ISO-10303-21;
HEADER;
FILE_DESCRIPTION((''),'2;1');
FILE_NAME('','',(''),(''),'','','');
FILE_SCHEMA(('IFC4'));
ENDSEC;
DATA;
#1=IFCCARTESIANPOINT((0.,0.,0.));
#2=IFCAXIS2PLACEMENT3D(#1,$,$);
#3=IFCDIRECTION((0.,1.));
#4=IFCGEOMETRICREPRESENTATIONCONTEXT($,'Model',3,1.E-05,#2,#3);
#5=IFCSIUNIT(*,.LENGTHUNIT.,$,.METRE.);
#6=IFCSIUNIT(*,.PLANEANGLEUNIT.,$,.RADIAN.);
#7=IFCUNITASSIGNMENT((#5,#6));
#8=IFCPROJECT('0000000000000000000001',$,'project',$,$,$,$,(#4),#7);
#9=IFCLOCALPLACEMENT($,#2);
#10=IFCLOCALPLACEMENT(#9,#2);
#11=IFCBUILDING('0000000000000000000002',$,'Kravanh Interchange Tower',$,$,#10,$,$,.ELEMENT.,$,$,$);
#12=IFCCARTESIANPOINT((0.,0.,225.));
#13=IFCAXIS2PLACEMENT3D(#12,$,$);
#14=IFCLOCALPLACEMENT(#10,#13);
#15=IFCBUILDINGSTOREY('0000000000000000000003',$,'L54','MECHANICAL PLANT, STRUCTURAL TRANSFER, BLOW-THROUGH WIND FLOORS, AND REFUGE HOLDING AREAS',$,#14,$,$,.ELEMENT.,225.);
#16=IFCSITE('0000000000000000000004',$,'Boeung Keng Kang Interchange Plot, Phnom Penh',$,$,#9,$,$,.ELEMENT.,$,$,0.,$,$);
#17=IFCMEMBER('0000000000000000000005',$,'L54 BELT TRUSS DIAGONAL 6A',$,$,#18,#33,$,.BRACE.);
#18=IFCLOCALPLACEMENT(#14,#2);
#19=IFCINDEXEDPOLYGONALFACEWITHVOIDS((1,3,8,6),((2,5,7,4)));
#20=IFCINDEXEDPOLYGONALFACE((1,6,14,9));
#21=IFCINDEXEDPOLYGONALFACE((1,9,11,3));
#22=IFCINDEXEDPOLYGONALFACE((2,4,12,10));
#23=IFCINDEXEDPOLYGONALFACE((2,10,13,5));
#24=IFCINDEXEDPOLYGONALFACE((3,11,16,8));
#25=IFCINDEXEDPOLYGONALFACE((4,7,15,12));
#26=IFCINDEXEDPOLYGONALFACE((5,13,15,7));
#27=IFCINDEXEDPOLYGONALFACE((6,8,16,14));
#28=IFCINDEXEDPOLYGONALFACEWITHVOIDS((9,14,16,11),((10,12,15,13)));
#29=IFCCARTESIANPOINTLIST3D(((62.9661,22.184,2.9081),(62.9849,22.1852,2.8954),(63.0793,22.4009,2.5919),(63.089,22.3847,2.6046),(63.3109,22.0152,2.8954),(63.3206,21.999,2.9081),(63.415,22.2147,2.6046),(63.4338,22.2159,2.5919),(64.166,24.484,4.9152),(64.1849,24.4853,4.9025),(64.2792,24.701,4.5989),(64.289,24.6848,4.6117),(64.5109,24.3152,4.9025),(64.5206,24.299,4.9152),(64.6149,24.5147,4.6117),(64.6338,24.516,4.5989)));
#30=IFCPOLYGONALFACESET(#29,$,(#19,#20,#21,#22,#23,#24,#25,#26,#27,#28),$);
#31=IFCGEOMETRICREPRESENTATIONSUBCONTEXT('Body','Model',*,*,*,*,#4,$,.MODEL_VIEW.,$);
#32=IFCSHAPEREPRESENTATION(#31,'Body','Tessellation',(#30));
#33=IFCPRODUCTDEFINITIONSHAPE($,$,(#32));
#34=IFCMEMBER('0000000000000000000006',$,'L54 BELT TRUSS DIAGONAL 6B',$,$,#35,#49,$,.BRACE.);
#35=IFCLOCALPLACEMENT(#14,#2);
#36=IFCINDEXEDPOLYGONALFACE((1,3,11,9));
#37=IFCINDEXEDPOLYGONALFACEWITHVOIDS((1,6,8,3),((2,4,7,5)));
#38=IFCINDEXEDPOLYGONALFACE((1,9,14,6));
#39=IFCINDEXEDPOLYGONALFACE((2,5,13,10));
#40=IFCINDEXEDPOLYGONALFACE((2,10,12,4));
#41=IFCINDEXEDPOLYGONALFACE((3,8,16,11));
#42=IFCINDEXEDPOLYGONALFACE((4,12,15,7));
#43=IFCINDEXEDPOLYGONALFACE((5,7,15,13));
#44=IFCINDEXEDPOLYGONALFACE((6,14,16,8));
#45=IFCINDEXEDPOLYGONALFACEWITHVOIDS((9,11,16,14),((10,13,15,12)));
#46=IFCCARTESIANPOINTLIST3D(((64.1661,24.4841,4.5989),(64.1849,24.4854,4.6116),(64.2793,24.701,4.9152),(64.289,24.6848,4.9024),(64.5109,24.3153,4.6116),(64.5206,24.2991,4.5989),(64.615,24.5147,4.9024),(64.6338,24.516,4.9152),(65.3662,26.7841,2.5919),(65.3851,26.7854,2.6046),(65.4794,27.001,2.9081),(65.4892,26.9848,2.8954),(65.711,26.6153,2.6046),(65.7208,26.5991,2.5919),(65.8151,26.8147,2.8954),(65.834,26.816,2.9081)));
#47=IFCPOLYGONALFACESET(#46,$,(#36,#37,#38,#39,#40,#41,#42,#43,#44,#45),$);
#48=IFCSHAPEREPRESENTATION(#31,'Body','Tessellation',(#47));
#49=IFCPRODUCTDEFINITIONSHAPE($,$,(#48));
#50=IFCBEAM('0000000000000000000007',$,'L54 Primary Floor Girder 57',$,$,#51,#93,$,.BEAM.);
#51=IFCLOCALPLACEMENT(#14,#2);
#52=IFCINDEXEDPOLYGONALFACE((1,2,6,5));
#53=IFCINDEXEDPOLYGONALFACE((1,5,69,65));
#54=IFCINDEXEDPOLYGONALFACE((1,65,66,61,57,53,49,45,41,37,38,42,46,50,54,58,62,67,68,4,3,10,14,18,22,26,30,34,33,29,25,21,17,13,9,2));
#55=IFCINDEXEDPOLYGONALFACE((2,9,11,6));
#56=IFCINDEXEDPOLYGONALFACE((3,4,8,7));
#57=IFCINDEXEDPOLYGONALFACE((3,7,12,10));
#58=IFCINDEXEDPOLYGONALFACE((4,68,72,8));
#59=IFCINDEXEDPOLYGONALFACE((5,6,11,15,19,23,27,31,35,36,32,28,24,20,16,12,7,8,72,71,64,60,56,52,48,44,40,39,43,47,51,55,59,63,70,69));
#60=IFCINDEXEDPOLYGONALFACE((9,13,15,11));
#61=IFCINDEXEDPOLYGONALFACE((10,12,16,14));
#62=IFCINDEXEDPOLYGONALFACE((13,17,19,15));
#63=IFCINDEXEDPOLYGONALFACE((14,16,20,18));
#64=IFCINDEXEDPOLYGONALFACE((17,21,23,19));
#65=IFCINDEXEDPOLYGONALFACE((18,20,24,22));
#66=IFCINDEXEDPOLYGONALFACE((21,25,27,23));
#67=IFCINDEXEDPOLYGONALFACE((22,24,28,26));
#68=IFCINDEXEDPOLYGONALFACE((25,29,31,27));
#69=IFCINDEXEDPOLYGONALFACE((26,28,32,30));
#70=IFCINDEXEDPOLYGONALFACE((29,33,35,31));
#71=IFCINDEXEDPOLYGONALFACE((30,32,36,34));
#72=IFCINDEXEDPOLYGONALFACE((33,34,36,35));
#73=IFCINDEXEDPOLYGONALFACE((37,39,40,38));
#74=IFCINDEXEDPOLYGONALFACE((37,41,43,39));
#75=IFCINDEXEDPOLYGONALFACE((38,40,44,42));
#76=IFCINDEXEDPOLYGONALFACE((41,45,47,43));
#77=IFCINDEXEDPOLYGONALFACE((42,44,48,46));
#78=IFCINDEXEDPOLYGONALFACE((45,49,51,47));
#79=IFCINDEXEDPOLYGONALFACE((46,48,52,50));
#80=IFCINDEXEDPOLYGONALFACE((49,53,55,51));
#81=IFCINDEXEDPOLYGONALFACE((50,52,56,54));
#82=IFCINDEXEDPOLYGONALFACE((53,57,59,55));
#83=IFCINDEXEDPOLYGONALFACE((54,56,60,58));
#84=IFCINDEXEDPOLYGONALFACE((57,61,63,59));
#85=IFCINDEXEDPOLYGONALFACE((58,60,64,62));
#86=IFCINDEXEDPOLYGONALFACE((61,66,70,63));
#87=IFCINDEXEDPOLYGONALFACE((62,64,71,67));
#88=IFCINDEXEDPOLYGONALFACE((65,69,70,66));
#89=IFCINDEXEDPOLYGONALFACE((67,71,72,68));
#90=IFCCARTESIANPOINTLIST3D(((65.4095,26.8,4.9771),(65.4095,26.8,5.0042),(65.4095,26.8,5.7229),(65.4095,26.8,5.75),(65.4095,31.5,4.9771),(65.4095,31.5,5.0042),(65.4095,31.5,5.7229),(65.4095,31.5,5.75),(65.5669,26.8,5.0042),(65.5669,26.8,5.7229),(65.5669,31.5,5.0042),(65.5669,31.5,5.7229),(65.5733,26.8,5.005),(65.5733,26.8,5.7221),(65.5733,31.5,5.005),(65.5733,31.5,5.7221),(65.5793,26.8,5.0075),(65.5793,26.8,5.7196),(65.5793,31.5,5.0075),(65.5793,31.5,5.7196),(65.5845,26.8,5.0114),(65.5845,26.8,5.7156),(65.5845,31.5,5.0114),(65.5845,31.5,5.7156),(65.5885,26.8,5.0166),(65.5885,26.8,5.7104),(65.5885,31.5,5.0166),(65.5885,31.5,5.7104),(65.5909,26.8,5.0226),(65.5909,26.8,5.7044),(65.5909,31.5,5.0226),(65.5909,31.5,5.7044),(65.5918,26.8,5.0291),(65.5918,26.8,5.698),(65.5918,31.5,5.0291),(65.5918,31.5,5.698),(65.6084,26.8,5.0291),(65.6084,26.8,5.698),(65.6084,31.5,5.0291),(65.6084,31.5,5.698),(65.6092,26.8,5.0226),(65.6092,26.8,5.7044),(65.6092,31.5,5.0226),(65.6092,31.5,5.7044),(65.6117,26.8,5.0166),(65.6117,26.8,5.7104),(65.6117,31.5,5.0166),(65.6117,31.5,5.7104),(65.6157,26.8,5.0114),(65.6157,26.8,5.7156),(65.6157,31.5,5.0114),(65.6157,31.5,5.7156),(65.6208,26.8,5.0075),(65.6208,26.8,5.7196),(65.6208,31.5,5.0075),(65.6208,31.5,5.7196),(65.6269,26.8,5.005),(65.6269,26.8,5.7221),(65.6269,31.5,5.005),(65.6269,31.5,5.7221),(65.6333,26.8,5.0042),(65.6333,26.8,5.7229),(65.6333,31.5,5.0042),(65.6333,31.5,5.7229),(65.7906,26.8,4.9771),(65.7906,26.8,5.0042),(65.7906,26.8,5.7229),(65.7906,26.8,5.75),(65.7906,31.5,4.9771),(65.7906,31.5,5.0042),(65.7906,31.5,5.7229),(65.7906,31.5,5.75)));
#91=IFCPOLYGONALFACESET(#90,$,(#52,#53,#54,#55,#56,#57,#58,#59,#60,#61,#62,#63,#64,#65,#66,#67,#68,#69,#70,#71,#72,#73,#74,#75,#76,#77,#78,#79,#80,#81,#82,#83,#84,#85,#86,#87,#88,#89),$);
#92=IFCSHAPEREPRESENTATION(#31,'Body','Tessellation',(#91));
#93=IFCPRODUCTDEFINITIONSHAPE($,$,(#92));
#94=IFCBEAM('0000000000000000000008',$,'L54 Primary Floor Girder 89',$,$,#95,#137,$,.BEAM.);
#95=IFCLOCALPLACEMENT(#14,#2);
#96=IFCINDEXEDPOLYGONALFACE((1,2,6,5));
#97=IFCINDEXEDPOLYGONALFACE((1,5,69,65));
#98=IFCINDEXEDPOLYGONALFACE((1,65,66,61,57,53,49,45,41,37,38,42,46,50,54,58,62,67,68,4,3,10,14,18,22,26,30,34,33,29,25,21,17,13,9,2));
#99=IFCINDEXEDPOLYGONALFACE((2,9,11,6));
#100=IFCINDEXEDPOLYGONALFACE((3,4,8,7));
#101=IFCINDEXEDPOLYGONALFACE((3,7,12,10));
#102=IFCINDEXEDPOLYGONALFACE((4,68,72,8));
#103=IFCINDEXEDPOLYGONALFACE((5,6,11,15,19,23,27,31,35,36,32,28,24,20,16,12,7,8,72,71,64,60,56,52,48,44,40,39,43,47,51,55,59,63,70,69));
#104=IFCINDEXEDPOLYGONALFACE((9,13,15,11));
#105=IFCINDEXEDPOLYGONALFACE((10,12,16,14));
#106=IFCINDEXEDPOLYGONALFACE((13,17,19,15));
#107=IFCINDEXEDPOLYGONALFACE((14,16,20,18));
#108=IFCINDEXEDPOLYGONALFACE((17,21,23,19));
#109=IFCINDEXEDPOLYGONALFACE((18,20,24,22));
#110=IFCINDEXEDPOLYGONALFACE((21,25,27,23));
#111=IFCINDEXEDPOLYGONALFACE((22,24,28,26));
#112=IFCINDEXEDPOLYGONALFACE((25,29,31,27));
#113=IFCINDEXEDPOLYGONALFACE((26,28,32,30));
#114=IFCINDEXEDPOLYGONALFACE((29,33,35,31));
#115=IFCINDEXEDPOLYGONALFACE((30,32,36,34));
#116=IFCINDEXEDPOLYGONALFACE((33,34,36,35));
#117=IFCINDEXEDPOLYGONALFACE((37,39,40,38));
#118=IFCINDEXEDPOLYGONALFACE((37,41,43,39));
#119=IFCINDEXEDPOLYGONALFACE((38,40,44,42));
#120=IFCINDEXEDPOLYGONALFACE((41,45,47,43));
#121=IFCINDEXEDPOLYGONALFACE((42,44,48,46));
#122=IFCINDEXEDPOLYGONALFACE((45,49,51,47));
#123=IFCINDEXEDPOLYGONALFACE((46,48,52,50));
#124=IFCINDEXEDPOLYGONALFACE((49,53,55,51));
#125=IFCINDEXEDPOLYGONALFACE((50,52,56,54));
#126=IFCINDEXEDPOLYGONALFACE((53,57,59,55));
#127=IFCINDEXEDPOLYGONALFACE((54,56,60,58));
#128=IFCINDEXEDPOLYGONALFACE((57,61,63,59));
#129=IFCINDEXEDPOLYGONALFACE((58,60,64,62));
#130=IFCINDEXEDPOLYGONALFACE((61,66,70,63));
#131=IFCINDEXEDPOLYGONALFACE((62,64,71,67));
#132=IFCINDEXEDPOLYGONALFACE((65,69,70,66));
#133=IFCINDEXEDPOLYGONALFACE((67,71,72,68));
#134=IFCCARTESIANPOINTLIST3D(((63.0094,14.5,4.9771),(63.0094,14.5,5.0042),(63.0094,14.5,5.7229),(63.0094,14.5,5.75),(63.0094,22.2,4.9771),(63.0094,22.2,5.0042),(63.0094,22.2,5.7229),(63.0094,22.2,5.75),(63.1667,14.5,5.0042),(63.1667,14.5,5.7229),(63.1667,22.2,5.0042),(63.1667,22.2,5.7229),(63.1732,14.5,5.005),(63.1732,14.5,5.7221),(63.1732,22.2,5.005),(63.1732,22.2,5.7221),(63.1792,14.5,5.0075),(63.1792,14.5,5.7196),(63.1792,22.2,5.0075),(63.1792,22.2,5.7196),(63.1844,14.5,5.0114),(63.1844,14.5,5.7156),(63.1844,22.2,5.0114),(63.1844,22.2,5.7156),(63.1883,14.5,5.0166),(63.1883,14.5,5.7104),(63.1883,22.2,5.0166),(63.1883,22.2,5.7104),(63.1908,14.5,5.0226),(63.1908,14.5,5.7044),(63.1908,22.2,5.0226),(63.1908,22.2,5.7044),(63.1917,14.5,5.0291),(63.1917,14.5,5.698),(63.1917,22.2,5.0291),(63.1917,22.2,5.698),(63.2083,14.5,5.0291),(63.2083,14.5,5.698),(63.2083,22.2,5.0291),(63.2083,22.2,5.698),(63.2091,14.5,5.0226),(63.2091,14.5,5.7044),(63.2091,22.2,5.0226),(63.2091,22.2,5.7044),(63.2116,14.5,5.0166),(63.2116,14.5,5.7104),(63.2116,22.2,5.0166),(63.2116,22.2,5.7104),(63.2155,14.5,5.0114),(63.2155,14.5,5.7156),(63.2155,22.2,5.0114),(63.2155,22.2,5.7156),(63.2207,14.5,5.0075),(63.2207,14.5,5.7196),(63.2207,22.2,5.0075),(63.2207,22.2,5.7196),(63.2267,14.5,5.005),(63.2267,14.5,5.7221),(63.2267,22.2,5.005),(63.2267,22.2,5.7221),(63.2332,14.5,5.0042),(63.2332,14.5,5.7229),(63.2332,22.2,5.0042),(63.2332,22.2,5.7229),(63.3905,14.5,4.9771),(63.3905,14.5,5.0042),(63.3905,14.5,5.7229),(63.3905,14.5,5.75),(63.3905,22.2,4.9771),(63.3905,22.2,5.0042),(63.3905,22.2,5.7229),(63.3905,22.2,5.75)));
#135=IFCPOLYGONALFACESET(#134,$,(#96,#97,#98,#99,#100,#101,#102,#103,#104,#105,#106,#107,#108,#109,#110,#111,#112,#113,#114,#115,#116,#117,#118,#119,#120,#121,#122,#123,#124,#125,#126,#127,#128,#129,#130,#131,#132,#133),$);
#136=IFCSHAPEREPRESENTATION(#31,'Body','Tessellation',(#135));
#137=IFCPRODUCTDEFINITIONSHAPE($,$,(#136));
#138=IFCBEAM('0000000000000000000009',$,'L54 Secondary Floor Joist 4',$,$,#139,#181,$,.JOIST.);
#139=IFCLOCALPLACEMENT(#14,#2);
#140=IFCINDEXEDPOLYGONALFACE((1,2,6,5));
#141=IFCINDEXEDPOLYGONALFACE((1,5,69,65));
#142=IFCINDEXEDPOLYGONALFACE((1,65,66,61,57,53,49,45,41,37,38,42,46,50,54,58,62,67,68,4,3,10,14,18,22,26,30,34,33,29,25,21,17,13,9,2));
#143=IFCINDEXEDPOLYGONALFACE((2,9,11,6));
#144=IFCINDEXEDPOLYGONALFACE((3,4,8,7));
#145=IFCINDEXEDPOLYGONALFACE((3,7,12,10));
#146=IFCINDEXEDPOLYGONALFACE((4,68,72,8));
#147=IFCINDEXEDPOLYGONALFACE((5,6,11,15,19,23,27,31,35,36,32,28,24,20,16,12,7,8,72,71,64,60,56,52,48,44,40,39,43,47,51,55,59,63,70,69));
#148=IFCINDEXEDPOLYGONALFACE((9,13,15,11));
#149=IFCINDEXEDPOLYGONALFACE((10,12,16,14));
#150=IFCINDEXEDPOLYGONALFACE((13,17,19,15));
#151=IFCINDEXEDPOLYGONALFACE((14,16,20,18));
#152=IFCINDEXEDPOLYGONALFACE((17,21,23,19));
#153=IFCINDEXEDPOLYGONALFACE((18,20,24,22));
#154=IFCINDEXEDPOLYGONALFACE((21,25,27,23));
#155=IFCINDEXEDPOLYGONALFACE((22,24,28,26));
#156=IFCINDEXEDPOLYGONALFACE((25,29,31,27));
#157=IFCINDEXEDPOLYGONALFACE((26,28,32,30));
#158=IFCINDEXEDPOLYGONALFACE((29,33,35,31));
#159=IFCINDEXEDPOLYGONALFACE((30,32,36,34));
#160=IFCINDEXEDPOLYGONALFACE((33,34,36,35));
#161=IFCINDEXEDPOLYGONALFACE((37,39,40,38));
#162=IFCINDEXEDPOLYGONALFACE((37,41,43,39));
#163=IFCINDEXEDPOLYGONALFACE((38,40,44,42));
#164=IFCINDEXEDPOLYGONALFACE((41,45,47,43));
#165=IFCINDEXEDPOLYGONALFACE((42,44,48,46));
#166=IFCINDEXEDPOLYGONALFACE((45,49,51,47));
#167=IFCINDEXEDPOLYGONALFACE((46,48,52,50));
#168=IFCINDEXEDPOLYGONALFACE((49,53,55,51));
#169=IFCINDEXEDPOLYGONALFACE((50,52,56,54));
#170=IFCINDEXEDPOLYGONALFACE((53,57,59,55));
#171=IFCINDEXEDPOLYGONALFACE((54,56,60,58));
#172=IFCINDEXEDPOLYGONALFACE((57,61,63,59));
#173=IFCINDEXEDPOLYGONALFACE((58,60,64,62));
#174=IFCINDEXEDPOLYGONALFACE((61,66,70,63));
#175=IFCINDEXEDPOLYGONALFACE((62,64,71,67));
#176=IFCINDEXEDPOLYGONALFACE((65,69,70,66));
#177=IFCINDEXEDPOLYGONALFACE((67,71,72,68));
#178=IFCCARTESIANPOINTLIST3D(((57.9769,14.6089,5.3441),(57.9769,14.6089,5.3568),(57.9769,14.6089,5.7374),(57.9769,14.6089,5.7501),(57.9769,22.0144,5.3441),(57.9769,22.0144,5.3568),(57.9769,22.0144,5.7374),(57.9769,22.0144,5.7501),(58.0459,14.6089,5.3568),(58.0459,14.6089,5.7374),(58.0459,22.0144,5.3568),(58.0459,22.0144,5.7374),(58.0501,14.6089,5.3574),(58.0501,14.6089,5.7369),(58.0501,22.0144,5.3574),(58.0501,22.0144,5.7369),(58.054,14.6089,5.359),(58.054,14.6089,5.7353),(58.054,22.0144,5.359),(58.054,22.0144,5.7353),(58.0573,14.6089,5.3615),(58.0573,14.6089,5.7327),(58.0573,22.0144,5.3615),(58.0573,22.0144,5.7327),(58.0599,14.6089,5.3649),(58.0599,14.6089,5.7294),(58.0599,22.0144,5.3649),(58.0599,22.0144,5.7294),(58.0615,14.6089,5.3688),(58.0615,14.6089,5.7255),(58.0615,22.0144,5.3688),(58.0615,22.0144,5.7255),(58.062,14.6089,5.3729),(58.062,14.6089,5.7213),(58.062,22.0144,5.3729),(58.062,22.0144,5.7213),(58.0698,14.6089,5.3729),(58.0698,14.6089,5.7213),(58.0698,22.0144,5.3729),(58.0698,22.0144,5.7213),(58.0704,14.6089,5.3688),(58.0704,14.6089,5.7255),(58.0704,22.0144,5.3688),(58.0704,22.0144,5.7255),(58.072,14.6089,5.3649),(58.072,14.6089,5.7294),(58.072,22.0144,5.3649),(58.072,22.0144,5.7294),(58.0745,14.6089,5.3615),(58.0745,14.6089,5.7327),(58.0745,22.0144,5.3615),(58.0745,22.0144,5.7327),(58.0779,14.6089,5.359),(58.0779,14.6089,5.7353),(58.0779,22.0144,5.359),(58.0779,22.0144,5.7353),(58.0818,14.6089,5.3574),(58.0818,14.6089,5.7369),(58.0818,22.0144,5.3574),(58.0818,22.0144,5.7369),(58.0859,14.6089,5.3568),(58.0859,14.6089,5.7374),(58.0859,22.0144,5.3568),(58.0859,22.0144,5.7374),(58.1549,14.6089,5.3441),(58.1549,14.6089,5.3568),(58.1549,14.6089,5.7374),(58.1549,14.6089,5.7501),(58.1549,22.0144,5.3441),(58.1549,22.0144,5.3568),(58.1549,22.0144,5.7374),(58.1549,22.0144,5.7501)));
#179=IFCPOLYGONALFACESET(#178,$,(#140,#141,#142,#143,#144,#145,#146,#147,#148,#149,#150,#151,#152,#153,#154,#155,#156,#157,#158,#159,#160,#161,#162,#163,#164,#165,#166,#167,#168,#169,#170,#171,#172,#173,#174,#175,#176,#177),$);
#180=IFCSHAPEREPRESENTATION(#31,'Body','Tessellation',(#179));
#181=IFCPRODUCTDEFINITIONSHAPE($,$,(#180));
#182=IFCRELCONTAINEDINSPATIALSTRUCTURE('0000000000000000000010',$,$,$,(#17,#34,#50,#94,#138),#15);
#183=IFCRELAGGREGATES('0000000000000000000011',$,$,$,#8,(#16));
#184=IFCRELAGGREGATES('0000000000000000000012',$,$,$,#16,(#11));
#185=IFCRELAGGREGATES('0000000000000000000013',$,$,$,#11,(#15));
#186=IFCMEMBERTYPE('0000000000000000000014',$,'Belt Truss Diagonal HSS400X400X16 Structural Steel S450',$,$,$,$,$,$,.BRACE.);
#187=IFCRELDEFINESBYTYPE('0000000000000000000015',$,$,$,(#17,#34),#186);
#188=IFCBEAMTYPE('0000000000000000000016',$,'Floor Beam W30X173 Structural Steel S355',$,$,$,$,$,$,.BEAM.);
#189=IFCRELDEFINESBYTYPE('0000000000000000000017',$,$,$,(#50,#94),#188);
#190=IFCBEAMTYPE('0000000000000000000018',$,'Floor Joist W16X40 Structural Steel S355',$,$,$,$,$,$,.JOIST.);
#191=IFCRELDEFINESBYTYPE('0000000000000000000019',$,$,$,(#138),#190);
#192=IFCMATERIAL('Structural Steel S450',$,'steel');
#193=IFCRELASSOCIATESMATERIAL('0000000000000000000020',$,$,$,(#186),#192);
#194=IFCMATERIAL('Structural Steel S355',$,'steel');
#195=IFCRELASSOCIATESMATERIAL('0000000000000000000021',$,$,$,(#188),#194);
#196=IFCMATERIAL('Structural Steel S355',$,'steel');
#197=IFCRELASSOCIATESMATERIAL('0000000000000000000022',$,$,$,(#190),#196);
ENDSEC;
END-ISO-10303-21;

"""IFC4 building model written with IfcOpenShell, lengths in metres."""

from ifc_helpers import new_model, si_unit, direction, frame, origin, origin_2d, place, context, subcontext, project, spatial, hollow_rectangle, i_section, extrude, material, material_profile, profile_set, type_object, element, save


model = new_model("IFC4")

# Units and contexts
model_context = context("Model", 3, precision=1e-05, world=origin(), true_north=direction((0.0, 1.0)))
body_context = subcontext(model_context, "Body", "Model", "MODEL_VIEW")
ifc_project = project(units=[si_unit("LENGTHUNIT", "METRE"), si_unit("PLANEANGLEUNIT", "RADIAN")], contexts=[model_context])

# Site, building, storey
site_placement = place(None, origin())
site = spatial("IfcSite", under=ifc_project, at=site_placement, Name="Boeung Keng Kang Interchange Plot, Phnom Penh", CompositionType="ELEMENT", RefElevation=0.0)
building_placement = place(site_placement, origin())
building = spatial("IfcBuilding", under=site, at=building_placement, Name="Kravanh Interchange Tower", CompositionType="ELEMENT")
storey_placement = place(building_placement, frame((0.0, 0.0, 225.0)))
storey = spatial("IfcBuildingStorey", under=building, at=storey_placement, Name="L54", Description="MECHANICAL PLANT, STRUCTURAL TRANSFER, BLOW-THROUGH WIND FLOORS, AND REFUGE HOLDING AREAS", CompositionType="ELEMENT", Elevation=225.0)

# Members
ifc_material_1 = material(Name="Structural Steel S450", Category="steel")
ifc_material_profile_1 = material_profile(ifc_material_1, hollow_rectangle(XDim=0.3999, YDim=0.3999, WallThickness=0.0161, at=origin_2d()), Name="HSS400X400X16")
ifc_profile_set_1 = profile_set([ifc_material_profile_1], Name="Structural Steel S450")
member_type_1 = type_object("IfcMemberType", Name="Belt Truss Diagonal HSS400X400X16 Structural Steel S450", PredefinedType="BRACE", material=ifc_profile_set_1)
for number, where, z_axis, x_axis, name in (
    (1, (63.2, 22.2, 2.75), (0.365837, 0.701232, 0.611912), (-0.886597, 0.462543, 0.0), "L54 BELT TRUSS DIAGONAL 6A"),
    (2, (65.6001, 26.8, 2.75), (-0.365902, -0.701213, 0.611896), (0.886558, -0.462617, 0.0), "L54 BELT TRUSS DIAGONAL 6B"),
):
    element("IfcMember", number, at=place(storey_placement, frame(where, z_axis=z_axis, x_axis=x_axis)), inside=storey, type_object=member_type_1, Name=name, PredefinedType="BRACE", context=body_context, shape_type="SweptSolid", body=[
        extrude(hollow_rectangle(XDim=0.3999, YDim=0.3999, WallThickness=0.0161, at=origin_2d()), origin(), (0.0, 0.0, 1.0), 3.28),
    ])

# Beams
ifc_material_2 = material(Name="Structural Steel S355", Category="steel")
ifc_material_profile_2 = material_profile(ifc_material_2, i_section(OverallWidth=0.3811, OverallDepth=0.7729, WebThickness=0.0166, FlangeThickness=0.0271, FilletRadius=0.0249, at=origin_2d()), Name="W30X173")
ifc_profile_set_2 = profile_set([ifc_material_profile_2], Name="Structural Steel S355")
beam_type_1 = type_object("IfcBeamType", Name="Floor Beam W30X173 Structural Steel S355", PredefinedType="BEAM", material=ifc_profile_set_2)
beam_1_placement = place(storey_placement, frame((65.6001, 26.8, 5.3635), z_axis=(0.0, 1.0, 0.0), x_axis=(-1.0, 0.0, 0.0)))
element("IfcBeam", 3, at=beam_1_placement, inside=storey, type_object=beam_type_1, Name="L54 Primary Floor Girder 57", PredefinedType="BEAM", context=body_context, shape_type="SweptSolid", body=[
    extrude(i_section(OverallWidth=0.3811, OverallDepth=0.7729, WebThickness=0.0166, FlangeThickness=0.0271, FilletRadius=0.0249, at=origin_2d()), origin(), (0.0, 0.0, 1.0), 4.7),
])
beam_2_placement = place(storey_placement, frame((63.2, 14.5, 5.3635), z_axis=(0.0, 1.0, 0.0), x_axis=(-1.0, 0.0, 0.0)))
element("IfcBeam", 4, at=beam_2_placement, inside=storey, type_object=beam_type_1, Name="L54 Primary Floor Girder 89", PredefinedType="BEAM", context=body_context, shape_type="SweptSolid", body=[
    extrude(i_section(OverallWidth=0.3811, OverallDepth=0.7729, WebThickness=0.0166, FlangeThickness=0.0271, FilletRadius=0.0249, at=origin_2d()), origin(), (0.0, 0.0, 1.0), 7.7),
])
ifc_material_3 = material(Name="Structural Steel S355", Category="steel")
ifc_material_profile_3 = material_profile(ifc_material_3, i_section(OverallWidth=0.178, OverallDepth=0.406, WebThickness=0.0078, FlangeThickness=0.0127, FilletRadius=0.0161, at=origin_2d()), Name="W16X40")
ifc_profile_set_3 = profile_set([ifc_material_profile_3], Name="Structural Steel S355")
beam_type_2 = type_object("IfcBeamType", Name="Floor Joist W16X40 Structural Steel S355", PredefinedType="JOIST", material=ifc_profile_set_3)
for number, where, z_axis, x_axis, name in (
    (5, (58.0659, 14.6089, 5.5471), (0.0, 1.0, 0.0), (-1.0, 0.0, 0.0), "L54 Secondary Floor Joist 4"),
):
    element("IfcBeam", number, at=place(storey_placement, frame(where, z_axis=z_axis, x_axis=x_axis)), inside=storey, type_object=beam_type_2, Name=name, PredefinedType="JOIST", context=body_context, shape_type="SweptSolid", body=[
        extrude(i_section(OverallWidth=0.178, OverallDepth=0.406, WebThickness=0.0078, FlangeThickness=0.0127, FilletRadius=0.0161, at=origin_2d()), origin(), (0.0, 0.0, 1.0), 7.4055),
    ])

save(model, "model.ifc")
